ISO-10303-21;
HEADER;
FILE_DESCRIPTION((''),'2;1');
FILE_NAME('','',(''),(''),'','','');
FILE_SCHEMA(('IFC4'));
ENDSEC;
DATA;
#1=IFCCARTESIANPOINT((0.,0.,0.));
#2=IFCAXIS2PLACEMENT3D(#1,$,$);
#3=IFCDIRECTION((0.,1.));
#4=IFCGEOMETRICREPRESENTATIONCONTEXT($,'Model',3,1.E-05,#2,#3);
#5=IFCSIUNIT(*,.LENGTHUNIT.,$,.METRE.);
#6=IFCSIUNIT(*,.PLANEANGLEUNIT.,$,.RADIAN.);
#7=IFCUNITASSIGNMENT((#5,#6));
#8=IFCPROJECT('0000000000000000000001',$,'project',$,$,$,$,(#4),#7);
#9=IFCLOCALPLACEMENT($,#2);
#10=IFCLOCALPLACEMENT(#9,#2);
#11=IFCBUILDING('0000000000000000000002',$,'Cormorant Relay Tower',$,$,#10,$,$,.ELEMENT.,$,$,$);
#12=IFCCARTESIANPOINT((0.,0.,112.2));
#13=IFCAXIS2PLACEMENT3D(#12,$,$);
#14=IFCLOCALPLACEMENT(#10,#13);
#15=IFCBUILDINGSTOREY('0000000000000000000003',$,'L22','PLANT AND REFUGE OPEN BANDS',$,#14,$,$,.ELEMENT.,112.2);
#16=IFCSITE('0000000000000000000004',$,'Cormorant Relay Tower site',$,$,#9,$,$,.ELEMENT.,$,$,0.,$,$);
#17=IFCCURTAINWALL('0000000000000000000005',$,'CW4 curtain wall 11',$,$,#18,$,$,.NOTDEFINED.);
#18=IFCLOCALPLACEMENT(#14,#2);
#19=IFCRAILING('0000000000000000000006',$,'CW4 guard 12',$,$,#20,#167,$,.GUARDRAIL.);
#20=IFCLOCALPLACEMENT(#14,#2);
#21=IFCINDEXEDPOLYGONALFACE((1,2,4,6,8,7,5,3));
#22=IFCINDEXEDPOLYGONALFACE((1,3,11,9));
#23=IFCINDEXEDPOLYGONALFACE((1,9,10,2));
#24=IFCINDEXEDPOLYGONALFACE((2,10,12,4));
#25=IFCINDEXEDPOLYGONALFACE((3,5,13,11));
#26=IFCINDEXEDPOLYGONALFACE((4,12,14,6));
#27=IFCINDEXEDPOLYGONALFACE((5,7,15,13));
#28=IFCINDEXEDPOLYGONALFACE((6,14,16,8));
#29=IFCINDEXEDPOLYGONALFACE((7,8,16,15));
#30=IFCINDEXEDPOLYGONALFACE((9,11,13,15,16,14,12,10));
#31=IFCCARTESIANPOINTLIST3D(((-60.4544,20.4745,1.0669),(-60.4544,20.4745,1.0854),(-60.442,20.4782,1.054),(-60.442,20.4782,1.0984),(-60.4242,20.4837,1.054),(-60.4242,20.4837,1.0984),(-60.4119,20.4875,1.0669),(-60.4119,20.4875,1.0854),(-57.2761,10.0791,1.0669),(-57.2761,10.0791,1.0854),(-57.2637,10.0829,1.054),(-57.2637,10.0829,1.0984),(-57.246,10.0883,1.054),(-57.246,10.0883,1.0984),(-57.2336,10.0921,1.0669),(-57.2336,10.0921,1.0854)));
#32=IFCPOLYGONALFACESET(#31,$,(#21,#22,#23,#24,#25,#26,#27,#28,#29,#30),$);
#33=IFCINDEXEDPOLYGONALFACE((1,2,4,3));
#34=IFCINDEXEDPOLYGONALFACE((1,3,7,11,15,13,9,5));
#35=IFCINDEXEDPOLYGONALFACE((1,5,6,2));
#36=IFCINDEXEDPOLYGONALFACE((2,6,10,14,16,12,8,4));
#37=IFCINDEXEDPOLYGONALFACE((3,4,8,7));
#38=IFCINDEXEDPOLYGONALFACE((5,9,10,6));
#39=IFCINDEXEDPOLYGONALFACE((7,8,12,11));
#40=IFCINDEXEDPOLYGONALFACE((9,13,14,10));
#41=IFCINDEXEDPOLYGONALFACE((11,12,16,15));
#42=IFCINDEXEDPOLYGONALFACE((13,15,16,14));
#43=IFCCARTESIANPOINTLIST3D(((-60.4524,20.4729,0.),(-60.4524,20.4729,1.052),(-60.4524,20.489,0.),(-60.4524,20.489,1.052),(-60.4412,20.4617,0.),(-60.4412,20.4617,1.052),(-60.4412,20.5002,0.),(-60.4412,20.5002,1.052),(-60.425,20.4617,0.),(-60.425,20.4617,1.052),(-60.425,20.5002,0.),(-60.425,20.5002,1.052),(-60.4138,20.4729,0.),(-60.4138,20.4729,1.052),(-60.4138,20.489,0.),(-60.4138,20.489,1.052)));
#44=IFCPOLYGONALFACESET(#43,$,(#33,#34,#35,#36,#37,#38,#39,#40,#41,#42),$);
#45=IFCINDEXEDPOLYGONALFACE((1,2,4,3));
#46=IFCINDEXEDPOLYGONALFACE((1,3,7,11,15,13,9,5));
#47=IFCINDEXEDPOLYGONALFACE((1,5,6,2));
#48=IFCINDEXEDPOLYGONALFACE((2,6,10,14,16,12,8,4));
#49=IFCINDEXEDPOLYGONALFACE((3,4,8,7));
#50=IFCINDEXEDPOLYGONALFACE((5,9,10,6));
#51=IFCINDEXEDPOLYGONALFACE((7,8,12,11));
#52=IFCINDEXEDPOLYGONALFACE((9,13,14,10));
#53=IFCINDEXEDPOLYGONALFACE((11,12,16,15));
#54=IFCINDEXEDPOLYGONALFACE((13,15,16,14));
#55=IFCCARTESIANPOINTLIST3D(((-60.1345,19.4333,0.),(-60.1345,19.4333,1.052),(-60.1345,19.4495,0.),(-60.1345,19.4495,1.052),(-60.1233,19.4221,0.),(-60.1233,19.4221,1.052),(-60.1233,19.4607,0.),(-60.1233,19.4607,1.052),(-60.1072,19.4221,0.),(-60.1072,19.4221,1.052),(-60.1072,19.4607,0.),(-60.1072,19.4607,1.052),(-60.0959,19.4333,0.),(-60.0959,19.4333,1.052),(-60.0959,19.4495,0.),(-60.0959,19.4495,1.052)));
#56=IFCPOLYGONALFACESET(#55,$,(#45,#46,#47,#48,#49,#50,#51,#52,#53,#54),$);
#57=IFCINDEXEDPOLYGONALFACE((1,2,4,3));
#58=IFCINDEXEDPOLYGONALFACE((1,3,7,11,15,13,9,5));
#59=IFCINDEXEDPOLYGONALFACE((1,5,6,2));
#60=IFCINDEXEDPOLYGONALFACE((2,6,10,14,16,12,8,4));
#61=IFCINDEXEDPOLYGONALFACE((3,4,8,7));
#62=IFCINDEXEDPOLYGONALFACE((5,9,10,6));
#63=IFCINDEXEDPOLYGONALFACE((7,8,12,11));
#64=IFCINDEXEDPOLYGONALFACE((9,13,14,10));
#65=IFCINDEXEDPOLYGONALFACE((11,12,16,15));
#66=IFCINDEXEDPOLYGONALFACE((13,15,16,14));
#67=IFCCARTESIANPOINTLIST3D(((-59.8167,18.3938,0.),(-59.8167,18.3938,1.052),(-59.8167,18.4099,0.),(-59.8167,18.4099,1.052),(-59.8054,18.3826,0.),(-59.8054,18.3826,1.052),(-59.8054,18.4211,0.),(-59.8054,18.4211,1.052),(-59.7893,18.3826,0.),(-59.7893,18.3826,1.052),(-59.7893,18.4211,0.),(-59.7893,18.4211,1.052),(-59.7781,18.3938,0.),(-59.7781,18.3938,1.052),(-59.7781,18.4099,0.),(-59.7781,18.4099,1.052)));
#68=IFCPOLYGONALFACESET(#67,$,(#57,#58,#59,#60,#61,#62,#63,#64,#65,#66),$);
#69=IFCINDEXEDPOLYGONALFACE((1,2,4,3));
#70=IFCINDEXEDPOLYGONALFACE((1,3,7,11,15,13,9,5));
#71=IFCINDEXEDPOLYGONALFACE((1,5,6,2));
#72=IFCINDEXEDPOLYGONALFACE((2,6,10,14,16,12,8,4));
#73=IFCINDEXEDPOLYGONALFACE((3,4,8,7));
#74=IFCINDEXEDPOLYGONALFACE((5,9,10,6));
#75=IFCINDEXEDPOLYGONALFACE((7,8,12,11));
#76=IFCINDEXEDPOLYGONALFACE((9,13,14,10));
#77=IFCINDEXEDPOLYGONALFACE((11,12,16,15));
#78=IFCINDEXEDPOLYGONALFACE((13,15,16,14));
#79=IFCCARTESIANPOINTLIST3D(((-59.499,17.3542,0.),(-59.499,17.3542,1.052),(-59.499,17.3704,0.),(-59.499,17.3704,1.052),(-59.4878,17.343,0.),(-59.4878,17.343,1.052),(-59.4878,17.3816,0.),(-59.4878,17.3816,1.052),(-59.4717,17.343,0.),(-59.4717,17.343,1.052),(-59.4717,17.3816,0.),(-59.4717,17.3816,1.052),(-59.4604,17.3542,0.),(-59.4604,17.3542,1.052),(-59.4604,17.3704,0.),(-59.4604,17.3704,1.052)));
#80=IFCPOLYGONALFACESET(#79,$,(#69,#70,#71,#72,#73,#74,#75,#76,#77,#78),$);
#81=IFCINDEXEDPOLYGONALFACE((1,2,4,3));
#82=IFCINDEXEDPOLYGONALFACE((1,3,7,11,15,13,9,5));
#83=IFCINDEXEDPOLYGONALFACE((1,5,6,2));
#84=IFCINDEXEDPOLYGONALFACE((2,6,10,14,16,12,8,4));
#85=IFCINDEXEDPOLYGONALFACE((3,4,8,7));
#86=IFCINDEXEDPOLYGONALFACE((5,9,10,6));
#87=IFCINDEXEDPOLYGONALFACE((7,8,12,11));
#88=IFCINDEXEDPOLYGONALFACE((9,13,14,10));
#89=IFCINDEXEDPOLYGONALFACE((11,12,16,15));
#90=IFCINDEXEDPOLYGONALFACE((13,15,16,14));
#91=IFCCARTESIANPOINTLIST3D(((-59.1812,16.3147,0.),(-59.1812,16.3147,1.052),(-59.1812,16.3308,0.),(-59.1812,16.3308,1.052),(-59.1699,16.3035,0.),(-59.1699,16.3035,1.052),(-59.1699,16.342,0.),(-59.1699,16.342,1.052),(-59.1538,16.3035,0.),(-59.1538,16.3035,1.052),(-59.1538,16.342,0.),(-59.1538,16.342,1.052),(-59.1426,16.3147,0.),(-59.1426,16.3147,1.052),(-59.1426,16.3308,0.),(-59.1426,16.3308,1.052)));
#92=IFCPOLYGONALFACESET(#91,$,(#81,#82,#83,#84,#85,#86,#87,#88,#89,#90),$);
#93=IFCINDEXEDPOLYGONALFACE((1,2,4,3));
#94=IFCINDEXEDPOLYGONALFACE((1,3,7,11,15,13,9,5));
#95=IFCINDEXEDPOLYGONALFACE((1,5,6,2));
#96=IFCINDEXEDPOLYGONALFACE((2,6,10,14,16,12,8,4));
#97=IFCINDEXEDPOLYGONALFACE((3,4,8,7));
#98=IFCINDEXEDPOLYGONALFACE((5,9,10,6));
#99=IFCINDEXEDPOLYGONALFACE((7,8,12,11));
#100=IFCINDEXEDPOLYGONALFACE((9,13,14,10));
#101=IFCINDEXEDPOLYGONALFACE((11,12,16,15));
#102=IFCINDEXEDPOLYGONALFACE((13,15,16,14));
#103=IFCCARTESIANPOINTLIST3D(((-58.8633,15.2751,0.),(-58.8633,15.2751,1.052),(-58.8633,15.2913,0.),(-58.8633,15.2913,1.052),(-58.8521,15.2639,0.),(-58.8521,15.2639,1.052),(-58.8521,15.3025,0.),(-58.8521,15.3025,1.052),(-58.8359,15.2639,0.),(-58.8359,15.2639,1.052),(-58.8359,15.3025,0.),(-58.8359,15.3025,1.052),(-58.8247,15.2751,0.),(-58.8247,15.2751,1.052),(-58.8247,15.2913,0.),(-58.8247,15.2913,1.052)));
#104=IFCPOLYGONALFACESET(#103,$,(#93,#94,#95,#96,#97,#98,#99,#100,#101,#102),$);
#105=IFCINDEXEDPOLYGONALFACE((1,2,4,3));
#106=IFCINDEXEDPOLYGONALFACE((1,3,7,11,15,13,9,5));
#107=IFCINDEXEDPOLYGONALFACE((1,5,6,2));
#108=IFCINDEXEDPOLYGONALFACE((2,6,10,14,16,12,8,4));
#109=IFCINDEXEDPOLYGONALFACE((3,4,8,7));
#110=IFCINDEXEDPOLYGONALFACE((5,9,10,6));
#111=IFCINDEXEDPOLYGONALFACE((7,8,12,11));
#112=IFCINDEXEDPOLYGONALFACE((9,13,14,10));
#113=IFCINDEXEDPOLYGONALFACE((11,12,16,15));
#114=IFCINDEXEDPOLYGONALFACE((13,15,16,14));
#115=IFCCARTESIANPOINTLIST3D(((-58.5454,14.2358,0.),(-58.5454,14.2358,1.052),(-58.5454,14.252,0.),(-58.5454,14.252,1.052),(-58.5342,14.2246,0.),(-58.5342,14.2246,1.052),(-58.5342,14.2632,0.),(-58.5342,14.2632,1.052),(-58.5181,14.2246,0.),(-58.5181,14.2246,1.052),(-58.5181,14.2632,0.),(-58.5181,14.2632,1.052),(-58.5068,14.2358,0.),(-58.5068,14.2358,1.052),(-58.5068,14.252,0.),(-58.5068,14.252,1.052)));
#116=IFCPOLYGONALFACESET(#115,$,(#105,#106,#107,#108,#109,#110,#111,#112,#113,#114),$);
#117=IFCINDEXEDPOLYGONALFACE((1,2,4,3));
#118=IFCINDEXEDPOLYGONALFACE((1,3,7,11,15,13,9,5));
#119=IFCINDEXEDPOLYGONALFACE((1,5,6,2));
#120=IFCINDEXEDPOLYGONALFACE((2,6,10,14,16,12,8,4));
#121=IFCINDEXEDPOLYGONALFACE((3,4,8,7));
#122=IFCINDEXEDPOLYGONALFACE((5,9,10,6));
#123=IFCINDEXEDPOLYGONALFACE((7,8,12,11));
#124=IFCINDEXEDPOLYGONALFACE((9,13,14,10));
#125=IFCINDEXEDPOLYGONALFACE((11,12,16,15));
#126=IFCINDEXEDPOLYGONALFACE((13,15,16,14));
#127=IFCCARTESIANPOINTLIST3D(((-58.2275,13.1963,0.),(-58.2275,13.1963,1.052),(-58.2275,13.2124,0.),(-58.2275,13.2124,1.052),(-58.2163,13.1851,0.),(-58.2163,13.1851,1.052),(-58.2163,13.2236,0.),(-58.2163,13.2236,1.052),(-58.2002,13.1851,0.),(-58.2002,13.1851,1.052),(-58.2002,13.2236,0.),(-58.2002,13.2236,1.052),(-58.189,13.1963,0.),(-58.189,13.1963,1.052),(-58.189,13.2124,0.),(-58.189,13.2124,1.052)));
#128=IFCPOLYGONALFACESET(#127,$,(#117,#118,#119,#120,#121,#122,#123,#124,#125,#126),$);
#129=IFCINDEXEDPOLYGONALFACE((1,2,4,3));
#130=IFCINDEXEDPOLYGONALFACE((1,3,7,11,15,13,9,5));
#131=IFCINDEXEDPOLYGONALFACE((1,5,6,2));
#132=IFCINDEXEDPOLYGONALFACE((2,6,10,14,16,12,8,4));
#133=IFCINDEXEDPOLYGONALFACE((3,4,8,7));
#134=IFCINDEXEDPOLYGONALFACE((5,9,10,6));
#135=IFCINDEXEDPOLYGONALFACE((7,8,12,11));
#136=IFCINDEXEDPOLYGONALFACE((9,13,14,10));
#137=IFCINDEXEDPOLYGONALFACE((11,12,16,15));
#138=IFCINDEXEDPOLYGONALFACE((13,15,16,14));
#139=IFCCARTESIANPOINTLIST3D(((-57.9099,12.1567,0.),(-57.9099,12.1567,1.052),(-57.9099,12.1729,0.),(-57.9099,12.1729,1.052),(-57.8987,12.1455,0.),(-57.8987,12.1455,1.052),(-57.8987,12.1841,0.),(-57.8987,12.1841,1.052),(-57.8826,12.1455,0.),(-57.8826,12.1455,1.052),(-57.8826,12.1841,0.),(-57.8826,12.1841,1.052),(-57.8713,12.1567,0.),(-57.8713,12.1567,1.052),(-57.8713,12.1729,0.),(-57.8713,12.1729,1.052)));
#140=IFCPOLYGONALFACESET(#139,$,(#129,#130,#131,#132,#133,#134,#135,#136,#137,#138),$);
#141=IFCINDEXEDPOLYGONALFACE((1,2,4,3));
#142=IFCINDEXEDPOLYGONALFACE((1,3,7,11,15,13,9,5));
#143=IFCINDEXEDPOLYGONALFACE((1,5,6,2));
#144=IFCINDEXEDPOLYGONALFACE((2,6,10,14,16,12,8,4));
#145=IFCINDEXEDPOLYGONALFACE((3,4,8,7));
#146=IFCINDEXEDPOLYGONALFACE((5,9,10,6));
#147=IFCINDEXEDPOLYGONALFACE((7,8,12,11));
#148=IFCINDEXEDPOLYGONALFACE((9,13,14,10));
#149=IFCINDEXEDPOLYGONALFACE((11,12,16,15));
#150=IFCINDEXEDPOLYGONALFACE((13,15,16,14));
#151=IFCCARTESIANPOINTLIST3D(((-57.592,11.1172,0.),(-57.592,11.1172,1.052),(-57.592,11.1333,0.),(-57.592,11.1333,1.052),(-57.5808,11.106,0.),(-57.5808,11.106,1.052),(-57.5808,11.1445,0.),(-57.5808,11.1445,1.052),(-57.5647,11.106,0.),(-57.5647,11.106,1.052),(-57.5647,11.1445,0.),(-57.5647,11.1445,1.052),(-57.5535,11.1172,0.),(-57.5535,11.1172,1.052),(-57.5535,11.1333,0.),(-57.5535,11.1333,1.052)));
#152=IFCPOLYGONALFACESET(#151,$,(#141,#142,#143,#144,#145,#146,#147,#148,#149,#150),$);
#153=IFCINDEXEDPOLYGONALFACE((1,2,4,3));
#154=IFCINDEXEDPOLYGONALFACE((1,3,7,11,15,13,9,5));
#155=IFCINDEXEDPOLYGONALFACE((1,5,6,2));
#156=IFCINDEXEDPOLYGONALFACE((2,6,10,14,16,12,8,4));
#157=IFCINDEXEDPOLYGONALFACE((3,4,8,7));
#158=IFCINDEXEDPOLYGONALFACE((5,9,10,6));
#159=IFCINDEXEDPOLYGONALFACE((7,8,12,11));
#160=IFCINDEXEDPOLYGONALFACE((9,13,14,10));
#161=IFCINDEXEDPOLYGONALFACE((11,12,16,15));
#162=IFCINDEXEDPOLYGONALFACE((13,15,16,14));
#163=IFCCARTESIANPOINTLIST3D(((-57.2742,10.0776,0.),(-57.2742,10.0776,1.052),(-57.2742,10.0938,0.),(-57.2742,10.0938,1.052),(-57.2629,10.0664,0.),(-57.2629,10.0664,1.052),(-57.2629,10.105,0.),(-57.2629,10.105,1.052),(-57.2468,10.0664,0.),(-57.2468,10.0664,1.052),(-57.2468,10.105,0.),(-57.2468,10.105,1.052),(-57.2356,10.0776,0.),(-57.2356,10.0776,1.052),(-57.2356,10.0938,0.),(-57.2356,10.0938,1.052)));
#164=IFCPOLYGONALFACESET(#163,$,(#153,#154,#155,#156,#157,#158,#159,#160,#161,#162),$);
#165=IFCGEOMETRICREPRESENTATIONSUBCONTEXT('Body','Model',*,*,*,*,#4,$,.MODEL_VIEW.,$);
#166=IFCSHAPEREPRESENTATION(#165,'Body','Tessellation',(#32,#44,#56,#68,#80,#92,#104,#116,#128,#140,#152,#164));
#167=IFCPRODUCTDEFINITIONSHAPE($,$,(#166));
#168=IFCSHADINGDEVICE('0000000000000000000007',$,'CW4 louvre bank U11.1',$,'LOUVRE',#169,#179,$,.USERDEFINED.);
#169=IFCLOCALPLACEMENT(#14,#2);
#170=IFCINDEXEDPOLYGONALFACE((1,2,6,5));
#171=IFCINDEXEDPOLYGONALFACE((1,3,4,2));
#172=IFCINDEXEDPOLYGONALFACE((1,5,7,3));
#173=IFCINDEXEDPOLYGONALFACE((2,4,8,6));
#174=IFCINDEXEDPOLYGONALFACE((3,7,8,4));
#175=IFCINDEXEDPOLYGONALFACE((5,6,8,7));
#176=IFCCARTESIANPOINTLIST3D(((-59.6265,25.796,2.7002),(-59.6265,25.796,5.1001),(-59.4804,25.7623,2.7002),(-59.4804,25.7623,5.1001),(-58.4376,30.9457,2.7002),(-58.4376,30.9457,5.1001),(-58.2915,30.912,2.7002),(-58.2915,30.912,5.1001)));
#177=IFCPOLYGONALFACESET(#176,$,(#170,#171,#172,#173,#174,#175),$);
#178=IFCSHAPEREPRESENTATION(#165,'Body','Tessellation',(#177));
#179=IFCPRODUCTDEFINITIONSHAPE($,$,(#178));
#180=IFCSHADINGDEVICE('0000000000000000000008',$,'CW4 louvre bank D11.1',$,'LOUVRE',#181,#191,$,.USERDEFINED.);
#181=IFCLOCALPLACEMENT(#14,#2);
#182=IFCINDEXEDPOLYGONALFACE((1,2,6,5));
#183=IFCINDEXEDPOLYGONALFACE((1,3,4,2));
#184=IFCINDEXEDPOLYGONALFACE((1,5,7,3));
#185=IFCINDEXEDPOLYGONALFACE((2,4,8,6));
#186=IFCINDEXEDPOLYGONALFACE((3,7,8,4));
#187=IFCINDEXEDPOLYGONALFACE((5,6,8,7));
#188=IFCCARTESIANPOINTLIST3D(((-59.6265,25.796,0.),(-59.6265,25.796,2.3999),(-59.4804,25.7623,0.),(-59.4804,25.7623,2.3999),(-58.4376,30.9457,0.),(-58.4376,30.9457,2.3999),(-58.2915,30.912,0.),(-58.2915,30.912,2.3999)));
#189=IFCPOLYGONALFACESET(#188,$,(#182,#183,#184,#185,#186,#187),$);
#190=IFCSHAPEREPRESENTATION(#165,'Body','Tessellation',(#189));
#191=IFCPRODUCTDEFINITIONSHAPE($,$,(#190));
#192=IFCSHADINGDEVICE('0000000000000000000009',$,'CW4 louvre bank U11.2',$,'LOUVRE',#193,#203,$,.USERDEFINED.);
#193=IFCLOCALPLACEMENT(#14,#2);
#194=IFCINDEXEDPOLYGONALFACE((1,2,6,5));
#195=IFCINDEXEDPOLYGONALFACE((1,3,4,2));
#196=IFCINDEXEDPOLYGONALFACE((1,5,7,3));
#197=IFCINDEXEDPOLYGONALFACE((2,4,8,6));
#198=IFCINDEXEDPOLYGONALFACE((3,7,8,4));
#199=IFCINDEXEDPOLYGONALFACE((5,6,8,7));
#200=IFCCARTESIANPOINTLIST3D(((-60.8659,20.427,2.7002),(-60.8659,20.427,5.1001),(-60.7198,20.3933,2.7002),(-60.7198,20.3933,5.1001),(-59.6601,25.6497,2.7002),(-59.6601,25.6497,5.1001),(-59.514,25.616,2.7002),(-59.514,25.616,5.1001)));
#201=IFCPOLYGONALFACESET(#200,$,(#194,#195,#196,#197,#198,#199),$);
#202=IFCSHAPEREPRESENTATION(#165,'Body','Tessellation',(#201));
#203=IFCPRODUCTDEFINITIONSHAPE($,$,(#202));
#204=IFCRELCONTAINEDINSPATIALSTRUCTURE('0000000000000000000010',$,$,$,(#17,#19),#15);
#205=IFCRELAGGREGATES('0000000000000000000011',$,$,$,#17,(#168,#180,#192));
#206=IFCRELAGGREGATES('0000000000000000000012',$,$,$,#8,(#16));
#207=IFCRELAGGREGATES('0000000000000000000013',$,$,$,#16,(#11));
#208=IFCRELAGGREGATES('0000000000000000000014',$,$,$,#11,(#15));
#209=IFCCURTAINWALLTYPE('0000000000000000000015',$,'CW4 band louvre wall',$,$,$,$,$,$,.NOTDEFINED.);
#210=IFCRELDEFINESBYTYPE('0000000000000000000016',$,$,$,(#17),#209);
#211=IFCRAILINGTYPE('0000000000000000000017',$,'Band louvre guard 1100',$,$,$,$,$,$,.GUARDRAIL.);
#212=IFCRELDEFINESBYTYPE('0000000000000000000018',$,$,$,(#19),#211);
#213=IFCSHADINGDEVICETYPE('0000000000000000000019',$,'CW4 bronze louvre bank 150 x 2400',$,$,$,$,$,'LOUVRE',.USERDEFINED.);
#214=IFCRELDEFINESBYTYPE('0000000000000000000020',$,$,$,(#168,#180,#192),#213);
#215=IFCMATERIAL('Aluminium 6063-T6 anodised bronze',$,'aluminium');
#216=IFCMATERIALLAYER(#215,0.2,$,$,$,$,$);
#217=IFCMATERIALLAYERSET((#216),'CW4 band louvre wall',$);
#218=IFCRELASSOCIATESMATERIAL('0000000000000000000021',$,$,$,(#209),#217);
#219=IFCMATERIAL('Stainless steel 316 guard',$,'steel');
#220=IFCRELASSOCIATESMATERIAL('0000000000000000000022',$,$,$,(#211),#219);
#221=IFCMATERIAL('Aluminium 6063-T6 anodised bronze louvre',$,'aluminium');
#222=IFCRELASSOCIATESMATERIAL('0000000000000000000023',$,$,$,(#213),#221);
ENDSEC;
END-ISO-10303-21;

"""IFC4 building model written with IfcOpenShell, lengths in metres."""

from ifc_helpers import new_model, si_unit, direction, frame, origin, origin_2d, place, context, subcontext, project, spatial, polyline, rectangle, outline, extrude, material, layer, layer_set, type_object, element, aggregate, save


model = new_model("IFC4")

# Units and contexts
model_context = context("Model", 3, precision=1e-05, world=origin(), true_north=direction((0.0, 1.0)))
body_context = subcontext(model_context, "Body", "Model", "MODEL_VIEW")
ifc_project = project(units=[si_unit("LENGTHUNIT", "METRE"), si_unit("PLANEANGLEUNIT", "RADIAN")], contexts=[model_context])

# Site, building, storey
site_placement = place(None, origin())
site = spatial("IfcSite", under=ifc_project, at=site_placement, Name="Cormorant Relay Tower site", CompositionType="ELEMENT", RefElevation=0.0)
building_placement = place(site_placement, origin())
building = spatial("IfcBuilding", under=site, at=building_placement, Name="Cormorant Relay Tower", CompositionType="ELEMENT")
storey_placement = place(building_placement, frame((0.0, 0.0, 112.2)))
storey = spatial("IfcBuildingStorey", under=building, at=storey_placement, Name="L22", Description="PLANT AND REFUGE OPEN BANDS", CompositionType="ELEMENT", Elevation=112.2)

# Curtain wall
ifc_material_1 = material(Name="Aluminium 6063-T6 anodised bronze", Category="aluminium")
ifc_layer_1 = layer(ifc_material_1, 0.2)
ifc_layer_set_1 = layer_set([ifc_layer_1], Name="CW4 band louvre wall")
curtain_wall_type = type_object("IfcCurtainWallType", Name="CW4 band louvre wall", PredefinedType="NOTDEFINED", material=ifc_layer_set_1)
curtain_wall_1_placement = place(storey_placement, origin())
curtain_wall_1 = element("IfcCurtainWall", 1, at=curtain_wall_1_placement, inside=storey, type_object=curtain_wall_type, Name="CW4 curtain wall 11", PredefinedType="NOTDEFINED")

# Railing
ifc_material_2 = material(Name="Stainless steel 316 guard", Category="steel")
railing_type_1 = type_object("IfcRailingType", Name="Band louvre guard 1100", PredefinedType="GUARDRAIL", material=ifc_material_2)
railing_1_placement = place(storey_placement, frame((-60.4331, 20.481, 0.0)))
element("IfcRailing", 2, at=railing_1_placement, inside=storey, type_object=railing_type_1, Name="CW4 guard 12", PredefinedType="GUARDRAIL", context=body_context, shape_type="SweptSolid", body=[
    extrude(outline(polyline([(0.0222, 0.0093), (0.0093, 0.0222), (-0.0093, 0.0222), (-0.0222, 0.0093), (-0.0222, -0.0093), (-0.0093, -0.0222), (0.0093, -0.0222), (0.0222, -0.0093), (0.0222, 0.0093)])), frame((0.0, 0.0, 1.0762), z_axis=(0.292378, -0.956303, 0.0), x_axis=(0.956303, 0.292378, 0.0)), (0.0, 0.0, 1.0), 10.8704),
    extrude(outline(polyline([(0.0193, 0.0081), (0.0081, 0.0193), (-0.0081, 0.0193), (-0.0193, 0.0081), (-0.0193, -0.0081), (-0.0081, -0.0193), (0.0081, -0.0193), (0.0193, -0.0081), (0.0193, 0.0081)])), origin(), (0.0, 0.0, 1.0), 1.052),
    extrude(outline(polyline([(0.0193, 0.0081), (0.0081, 0.0193), (-0.0081, 0.0193), (-0.0193, 0.0081), (-0.0193, -0.0081), (-0.0081, -0.0193), (0.0081, -0.0193), (0.0193, -0.0081), (0.0193, 0.0081)])), frame((0.3179, -1.0396, 0.0)), (0.0, 0.0, 1.0), 1.052),
    extrude(outline(polyline([(0.0193, 0.0081), (0.0081, 0.0193), (-0.0081, 0.0193), (-0.0193, 0.0081), (-0.0193, -0.0081), (-0.0081, -0.0193), (0.0081, -0.0193), (0.0193, -0.0081), (0.0193, 0.0081)])), frame((0.6357, -2.0791, 0.0)), (0.0, 0.0, 1.0), 1.052),
    extrude(outline(polyline([(0.0193, 0.0081), (0.0081, 0.0193), (-0.0081, 0.0193), (-0.0193, 0.0081), (-0.0193, -0.0081), (-0.0081, -0.0193), (0.0081, -0.0193), (0.0193, -0.0081), (0.0193, 0.0081)])), frame((0.9534, -3.1187, 0.0)), (0.0, 0.0, 1.0), 1.052),
    extrude(outline(polyline([(0.0193, 0.0081), (0.0081, 0.0193), (-0.0081, 0.0193), (-0.0193, 0.0081), (-0.0193, -0.0081), (-0.0081, -0.0193), (0.0081, -0.0193), (0.0193, -0.0081), (0.0193, 0.0081)])), frame((1.2712, -4.1582, 0.0)), (0.0, 0.0, 1.0), 1.052),
    extrude(outline(polyline([(0.0193, 0.0081), (0.0081, 0.0193), (-0.0081, 0.0193), (-0.0193, 0.0081), (-0.0193, -0.0081), (-0.0081, -0.0193), (0.0081, -0.0193), (0.0193, -0.0081), (0.0193, 0.0081)])), frame((1.5891, -5.1978, 0.0)), (0.0, 0.0, 1.0), 1.052),
    extrude(outline(polyline([(0.0193, 0.0081), (0.0081, 0.0193), (-0.0081, 0.0193), (-0.0193, 0.0081), (-0.0193, -0.0081), (-0.0081, -0.0193), (0.0081, -0.0193), (0.0193, -0.0081), (0.0193, 0.0081)])), frame((1.907, -6.2371, 0.0)), (0.0, 0.0, 1.0), 1.052),
    extrude(outline(polyline([(0.0193, 0.0081), (0.0081, 0.0193), (-0.0081, 0.0193), (-0.0193, 0.0081), (-0.0193, -0.0081), (-0.0081, -0.0193), (0.0081, -0.0193), (0.0193, -0.0081), (0.0193, 0.0081)])), frame((2.2249, -7.2766, 0.0)), (0.0, 0.0, 1.0), 1.052),
    extrude(outline(polyline([(0.0193, 0.0081), (0.0081, 0.0193), (-0.0081, 0.0193), (-0.0193, 0.0081), (-0.0193, -0.0081), (-0.0081, -0.0193), (0.0081, -0.0193), (0.0193, -0.0081), (0.0193, 0.0081)])), frame((2.5425, -8.3162, 0.0)), (0.0, 0.0, 1.0), 1.052),
    extrude(outline(polyline([(0.0193, 0.0081), (0.0081, 0.0193), (-0.0081, 0.0193), (-0.0193, 0.0081), (-0.0193, -0.0081), (-0.0081, -0.0193), (0.0081, -0.0193), (0.0193, -0.0081), (0.0193, 0.0081)])), frame((2.8604, -9.3557, 0.0)), (0.0, 0.0, 1.0), 1.052),
    extrude(outline(polyline([(0.0193, 0.0081), (0.0081, 0.0193), (-0.0081, 0.0193), (-0.0193, 0.0081), (-0.0193, -0.0081), (-0.0081, -0.0193), (0.0081, -0.0193), (0.0193, -0.0081), (0.0193, 0.0081)])), frame((3.1782, -10.3953, 0.0)), (0.0, 0.0, 1.0), 1.052),
])

# Shading devices
ifc_material_3 = material(Name="Aluminium 6063-T6 anodised bronze louvre", Category="aluminium")
shading_device_type = type_object("IfcShadingDeviceType", Name="CW4 bronze louvre bank 150 x 2400", ElementType="LOUVRE", PredefinedType="USERDEFINED", material=ifc_material_3)
shading_device_1_placement = place(storey_placement, frame((-58.959, 28.354, 2.7002), z_axis=(0.0, 0.0, 1.0), x_axis=(-0.224951, -0.97437, 0.0)))
shading_device_1 = element("IfcShadingDevice", 3, at=shading_device_1_placement, type_object=shading_device_type, Name="CW4 louvre bank U11.1", ObjectType="LOUVRE", PredefinedType="USERDEFINED", context=body_context, shape_type="SweptSolid", body=[
    extrude(rectangle(XDim=5.2852, YDim=0.1499, at=origin_2d()), origin(), (0.0, 0.0, 1.0), 2.3999),
])
shading_device_2_placement = place(storey_placement, frame((-58.959, 28.354, 0.0), z_axis=(0.0, 0.0, 1.0), x_axis=(-0.224951, -0.97437, 0.0)))
shading_device_2 = element("IfcShadingDevice", 4, at=shading_device_2_placement, type_object=shading_device_type, Name="CW4 louvre bank D11.1", ObjectType="LOUVRE", PredefinedType="USERDEFINED", context=body_context, shape_type="SweptSolid", body=[
    extrude(rectangle(XDim=5.2852, YDim=0.1499, at=origin_2d()), origin(), (0.0, 0.0, 1.0), 2.3999),
])
shading_device_3_placement = place(storey_placement, frame((-60.1899, 23.0215, 2.7002), z_axis=(0.0, 0.0, 1.0), x_axis=(-0.224951, -0.97437, 0.0)))
shading_device_3 = element("IfcShadingDevice", 5, at=shading_device_3_placement, type_object=shading_device_type, Name="CW4 louvre bank U11.2", ObjectType="LOUVRE", PredefinedType="USERDEFINED", context=body_context, shape_type="SweptSolid", body=[
    extrude(rectangle(XDim=5.3601, YDim=0.1499, at=origin_2d()), origin(), (0.0, 0.0, 1.0), 2.3999),
])
aggregate(curtain_wall_1, [shading_device_1, shading_device_2, shading_device_3])

save(model, "model.ifc")
